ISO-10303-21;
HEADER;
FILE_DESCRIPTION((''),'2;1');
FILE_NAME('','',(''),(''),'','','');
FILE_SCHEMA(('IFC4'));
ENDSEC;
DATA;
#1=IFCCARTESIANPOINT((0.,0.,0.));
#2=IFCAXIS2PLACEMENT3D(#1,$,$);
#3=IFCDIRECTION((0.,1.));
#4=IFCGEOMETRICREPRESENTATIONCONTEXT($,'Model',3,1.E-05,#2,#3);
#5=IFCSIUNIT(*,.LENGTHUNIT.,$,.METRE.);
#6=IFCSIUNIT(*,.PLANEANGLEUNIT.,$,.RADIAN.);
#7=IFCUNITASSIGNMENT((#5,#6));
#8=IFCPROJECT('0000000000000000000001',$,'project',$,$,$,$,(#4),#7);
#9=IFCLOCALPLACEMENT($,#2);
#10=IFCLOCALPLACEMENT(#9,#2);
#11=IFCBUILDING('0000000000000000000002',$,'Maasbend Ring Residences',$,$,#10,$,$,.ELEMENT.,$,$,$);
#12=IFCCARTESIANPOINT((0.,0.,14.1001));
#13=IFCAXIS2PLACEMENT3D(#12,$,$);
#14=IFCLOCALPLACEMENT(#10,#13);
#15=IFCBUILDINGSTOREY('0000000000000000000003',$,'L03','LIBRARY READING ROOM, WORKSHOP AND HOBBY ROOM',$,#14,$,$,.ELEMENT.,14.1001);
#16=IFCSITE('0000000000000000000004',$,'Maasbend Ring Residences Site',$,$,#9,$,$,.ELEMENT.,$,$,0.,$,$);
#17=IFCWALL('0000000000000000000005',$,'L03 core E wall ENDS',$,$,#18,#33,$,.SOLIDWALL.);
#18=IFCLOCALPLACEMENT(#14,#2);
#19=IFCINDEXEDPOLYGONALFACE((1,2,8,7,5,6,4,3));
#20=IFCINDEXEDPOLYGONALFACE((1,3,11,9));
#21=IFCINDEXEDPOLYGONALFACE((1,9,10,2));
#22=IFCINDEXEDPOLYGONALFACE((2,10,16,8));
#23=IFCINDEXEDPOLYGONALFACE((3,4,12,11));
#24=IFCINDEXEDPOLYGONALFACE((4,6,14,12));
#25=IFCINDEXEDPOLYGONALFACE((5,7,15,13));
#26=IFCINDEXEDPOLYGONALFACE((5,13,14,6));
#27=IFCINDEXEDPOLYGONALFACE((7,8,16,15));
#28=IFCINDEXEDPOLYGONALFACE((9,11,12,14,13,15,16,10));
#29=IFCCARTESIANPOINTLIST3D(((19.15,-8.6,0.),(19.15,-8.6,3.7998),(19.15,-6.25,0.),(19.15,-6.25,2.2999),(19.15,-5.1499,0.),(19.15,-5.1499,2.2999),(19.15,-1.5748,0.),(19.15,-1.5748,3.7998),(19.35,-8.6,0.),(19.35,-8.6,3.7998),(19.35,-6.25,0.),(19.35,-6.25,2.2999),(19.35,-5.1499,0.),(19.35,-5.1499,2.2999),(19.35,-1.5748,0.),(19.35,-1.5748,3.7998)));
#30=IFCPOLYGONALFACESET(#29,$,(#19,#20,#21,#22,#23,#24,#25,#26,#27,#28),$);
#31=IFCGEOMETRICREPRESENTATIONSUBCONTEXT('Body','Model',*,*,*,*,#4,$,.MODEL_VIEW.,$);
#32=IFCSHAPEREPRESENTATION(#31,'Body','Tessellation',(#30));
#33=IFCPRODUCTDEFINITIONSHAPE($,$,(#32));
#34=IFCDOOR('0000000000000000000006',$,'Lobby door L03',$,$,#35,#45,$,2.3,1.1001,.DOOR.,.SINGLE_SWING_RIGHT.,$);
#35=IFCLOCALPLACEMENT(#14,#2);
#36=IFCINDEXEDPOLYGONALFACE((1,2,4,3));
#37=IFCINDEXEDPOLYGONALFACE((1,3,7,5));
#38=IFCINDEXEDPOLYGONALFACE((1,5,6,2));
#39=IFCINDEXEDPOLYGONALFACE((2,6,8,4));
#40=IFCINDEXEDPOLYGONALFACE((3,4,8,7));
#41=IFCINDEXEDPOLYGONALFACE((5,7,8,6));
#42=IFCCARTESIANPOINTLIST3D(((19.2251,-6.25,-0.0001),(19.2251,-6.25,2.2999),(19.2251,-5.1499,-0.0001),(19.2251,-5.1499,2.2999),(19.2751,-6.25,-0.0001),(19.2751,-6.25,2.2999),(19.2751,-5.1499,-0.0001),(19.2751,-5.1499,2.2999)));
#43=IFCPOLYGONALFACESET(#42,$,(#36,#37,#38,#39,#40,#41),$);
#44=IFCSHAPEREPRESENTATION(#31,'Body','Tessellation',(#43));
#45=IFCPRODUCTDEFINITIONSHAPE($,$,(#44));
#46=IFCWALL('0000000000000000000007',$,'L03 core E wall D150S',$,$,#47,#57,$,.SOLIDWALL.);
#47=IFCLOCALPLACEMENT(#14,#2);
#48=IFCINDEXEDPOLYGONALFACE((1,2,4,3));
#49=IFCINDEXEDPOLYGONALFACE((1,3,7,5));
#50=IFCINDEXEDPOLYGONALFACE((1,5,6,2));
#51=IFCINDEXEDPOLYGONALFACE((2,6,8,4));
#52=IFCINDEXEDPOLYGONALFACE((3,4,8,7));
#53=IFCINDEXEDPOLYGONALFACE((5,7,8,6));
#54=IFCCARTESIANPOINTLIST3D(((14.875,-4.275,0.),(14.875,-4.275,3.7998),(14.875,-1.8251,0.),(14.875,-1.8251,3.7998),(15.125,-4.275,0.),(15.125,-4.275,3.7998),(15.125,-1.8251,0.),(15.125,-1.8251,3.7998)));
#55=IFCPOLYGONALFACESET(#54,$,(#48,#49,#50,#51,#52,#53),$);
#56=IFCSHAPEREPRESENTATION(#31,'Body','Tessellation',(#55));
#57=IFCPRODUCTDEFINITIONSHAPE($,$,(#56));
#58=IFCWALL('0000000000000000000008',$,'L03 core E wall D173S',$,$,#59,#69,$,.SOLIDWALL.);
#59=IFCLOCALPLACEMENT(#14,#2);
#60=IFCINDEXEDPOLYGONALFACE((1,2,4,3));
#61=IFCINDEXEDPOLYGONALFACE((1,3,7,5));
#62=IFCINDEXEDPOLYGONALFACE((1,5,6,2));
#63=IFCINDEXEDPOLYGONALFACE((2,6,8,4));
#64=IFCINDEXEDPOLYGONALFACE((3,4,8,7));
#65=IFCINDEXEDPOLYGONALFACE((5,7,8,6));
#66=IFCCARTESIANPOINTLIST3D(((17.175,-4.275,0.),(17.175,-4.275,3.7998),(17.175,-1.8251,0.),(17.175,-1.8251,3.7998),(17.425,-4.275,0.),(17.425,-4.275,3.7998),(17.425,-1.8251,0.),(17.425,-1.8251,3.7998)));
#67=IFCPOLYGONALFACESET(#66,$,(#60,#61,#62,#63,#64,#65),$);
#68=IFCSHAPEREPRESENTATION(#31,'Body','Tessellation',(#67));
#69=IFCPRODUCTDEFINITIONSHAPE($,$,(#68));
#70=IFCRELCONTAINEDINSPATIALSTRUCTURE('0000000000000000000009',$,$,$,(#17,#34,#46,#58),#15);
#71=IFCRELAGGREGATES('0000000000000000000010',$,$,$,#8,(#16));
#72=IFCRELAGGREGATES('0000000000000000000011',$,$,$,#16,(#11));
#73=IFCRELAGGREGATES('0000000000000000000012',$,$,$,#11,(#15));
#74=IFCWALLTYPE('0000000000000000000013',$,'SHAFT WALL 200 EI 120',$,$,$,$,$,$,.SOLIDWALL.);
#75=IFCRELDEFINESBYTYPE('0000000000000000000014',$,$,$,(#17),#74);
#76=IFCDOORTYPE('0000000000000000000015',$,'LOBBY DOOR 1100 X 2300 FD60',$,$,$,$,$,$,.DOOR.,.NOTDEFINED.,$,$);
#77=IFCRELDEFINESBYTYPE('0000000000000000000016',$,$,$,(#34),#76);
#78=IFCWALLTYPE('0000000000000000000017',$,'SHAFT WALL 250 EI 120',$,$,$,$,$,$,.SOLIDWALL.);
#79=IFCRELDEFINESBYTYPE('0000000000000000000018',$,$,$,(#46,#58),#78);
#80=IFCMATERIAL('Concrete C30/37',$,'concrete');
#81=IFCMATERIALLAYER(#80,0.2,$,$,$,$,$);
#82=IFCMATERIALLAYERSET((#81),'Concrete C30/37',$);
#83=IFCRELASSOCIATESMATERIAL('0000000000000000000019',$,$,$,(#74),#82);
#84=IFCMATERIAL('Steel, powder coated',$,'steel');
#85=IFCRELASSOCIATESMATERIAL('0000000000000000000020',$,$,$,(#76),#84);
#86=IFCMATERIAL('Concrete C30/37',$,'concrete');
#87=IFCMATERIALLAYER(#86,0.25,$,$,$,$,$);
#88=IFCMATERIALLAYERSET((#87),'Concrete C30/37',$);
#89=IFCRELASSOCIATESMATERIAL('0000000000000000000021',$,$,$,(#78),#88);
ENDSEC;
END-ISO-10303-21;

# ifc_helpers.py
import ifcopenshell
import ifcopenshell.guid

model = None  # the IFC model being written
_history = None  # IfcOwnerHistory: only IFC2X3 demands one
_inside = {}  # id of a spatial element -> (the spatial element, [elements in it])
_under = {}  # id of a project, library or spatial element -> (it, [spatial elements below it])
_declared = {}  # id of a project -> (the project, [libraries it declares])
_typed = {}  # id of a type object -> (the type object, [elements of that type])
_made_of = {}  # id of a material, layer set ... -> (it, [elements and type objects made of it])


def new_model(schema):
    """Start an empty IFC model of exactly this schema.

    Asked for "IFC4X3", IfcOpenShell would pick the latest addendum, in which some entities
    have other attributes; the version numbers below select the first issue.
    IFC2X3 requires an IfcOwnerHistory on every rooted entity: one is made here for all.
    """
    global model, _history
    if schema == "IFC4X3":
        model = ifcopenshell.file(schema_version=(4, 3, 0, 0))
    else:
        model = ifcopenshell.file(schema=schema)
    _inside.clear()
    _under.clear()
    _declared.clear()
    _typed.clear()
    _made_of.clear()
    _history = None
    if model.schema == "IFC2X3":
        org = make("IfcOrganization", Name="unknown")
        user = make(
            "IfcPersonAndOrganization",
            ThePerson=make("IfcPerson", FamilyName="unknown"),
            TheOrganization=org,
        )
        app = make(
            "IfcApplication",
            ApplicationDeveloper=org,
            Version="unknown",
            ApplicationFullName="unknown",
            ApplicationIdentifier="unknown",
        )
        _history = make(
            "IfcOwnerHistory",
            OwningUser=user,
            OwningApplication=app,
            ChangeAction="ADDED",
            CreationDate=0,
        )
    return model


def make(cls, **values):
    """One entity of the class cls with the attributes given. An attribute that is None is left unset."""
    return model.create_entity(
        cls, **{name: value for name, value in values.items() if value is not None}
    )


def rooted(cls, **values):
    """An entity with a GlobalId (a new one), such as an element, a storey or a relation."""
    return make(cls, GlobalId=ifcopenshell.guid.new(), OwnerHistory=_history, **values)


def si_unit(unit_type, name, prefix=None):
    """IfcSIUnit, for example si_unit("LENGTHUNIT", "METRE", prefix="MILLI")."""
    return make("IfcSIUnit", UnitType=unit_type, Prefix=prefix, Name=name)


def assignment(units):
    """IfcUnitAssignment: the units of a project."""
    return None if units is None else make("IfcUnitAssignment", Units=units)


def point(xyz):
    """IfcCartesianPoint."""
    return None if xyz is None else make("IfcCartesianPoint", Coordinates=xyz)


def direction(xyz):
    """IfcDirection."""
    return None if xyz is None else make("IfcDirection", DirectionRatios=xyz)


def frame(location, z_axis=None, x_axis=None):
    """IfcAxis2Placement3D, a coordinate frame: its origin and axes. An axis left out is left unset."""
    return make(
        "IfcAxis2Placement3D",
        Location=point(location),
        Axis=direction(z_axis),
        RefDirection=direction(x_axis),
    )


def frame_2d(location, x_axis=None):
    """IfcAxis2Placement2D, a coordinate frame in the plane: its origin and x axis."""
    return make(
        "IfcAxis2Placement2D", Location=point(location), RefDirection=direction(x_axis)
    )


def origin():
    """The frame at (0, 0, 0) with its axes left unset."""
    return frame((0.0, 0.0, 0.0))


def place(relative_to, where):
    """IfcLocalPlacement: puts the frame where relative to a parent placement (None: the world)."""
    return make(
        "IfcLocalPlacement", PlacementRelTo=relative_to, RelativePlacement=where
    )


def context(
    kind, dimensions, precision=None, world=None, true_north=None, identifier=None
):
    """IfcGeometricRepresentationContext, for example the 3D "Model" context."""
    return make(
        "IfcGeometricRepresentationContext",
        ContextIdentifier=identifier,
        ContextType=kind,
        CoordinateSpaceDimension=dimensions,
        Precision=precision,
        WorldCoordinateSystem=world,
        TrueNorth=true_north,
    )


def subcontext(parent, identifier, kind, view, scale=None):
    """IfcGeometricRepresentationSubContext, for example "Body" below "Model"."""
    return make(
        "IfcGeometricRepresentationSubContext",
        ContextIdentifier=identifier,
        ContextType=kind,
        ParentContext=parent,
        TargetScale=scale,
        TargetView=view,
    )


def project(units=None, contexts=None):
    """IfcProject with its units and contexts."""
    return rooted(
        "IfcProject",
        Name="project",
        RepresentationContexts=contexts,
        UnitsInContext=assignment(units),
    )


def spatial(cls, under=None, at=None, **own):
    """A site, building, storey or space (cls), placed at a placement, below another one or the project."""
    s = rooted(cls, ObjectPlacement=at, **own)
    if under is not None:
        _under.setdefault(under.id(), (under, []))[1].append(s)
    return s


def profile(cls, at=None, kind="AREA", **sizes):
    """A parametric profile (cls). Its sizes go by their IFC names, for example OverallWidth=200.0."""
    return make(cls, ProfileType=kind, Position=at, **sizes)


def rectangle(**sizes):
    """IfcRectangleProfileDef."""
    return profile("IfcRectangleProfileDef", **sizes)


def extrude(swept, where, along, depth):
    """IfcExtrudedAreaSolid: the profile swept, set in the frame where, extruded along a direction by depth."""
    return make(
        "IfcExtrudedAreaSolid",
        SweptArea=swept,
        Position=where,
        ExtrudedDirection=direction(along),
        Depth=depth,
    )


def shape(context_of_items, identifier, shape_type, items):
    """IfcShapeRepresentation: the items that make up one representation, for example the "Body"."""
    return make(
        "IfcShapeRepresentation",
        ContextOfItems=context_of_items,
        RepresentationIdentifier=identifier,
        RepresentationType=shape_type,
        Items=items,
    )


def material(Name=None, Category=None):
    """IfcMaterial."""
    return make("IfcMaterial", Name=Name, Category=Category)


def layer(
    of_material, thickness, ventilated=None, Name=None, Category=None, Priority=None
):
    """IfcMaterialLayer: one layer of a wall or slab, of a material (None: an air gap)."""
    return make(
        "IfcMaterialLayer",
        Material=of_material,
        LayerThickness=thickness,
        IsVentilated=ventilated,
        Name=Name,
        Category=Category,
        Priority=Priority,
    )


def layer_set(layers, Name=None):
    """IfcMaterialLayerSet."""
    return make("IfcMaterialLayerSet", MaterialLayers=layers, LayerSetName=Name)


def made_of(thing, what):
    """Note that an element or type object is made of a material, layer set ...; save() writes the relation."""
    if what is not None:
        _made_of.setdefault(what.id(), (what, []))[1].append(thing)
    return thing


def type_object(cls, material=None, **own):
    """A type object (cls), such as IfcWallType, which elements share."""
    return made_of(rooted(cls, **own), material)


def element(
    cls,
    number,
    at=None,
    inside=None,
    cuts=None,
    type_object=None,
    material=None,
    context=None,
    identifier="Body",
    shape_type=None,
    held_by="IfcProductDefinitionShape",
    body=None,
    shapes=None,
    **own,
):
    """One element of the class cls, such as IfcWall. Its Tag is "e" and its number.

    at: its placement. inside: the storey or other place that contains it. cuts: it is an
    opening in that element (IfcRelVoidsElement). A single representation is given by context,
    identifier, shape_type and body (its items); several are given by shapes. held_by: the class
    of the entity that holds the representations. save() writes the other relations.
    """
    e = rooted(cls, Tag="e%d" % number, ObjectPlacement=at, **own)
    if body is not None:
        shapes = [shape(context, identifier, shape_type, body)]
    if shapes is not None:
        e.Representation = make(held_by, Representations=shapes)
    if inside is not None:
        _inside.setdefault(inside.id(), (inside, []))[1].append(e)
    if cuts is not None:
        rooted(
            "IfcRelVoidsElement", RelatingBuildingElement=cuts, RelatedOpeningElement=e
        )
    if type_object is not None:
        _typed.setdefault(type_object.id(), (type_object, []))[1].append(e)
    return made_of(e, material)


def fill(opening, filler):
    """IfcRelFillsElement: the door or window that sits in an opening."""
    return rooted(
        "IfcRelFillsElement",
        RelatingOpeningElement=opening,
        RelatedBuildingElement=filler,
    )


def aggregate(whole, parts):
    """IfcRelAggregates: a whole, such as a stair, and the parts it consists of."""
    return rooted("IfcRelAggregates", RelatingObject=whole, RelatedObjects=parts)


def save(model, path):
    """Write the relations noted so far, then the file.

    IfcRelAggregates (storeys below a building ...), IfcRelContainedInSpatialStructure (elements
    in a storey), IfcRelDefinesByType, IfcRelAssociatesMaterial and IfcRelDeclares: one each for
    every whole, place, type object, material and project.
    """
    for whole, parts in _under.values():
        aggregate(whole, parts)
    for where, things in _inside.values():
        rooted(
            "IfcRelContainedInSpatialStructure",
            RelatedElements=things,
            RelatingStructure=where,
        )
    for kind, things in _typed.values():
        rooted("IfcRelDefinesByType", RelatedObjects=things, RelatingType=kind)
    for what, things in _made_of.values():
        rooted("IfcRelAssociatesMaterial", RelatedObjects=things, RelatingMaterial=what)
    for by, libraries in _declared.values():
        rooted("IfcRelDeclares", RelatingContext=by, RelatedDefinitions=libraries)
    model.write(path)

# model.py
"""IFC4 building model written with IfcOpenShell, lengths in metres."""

from ifc_helpers import new_model, si_unit, direction, frame, frame_2d, origin, place, context, subcontext, project, spatial, rectangle, extrude, material, layer, layer_set, type_object, element, fill, save


model = new_model("IFC4")

# Units and contexts
model_context = context("Model", 3, precision=1e-05, world=origin(), true_north=direction((0.0, 1.0)))
body_context = subcontext(model_context, "Body", "Model", "MODEL_VIEW")
ifc_project = project(units=[si_unit("LENGTHUNIT", "METRE"), si_unit("PLANEANGLEUNIT", "RADIAN")], contexts=[model_context])

# Site, building, storey
site_placement = place(None, origin())
site = spatial("IfcSite", under=ifc_project, at=site_placement, Name="Maasbend Ring Residences Site", CompositionType="ELEMENT", RefElevation=0.0)
building_placement = place(site_placement, origin())
building = spatial("IfcBuilding", under=site, at=building_placement, Name="Maasbend Ring Residences", CompositionType="ELEMENT")
storey_placement = place(building_placement, frame((0.0, 0.0, 14.1001)))
storey = spatial("IfcBuildingStorey", under=building, at=storey_placement, Name="L03", Description="LIBRARY READING ROOM, WORKSHOP AND HOBBY ROOM", CompositionType="ELEMENT", Elevation=14.1001)

# Wall, opening, door
ifc_material_1 = material(Name="Concrete C30/37", Category="concrete")
ifc_layer_1 = layer(ifc_material_1, 0.2)
ifc_layer_set_1 = layer_set([ifc_layer_1], Name="Concrete C30/37")
wall_type_1 = type_object("IfcWallType", Name="SHAFT WALL 200 EI 120", PredefinedType="SOLIDWALL", material=ifc_layer_set_1)
wall_1_placement = place(storey_placement, frame((19.25, -8.6001, 0.0), z_axis=(0.0, 0.0, 1.0), x_axis=(0.0, 1.0, 0.0)))
wall_1 = element("IfcWall", 1, at=wall_1_placement, inside=storey, type_object=wall_type_1, Name="L03 core E wall ENDS", PredefinedType="SOLIDWALL", context=body_context, shape_type="SweptSolid", body=[
    extrude(rectangle(XDim=7.0251, YDim=0.2, at=frame_2d((3.5127, 0.0))), origin(), (0.0, 0.0, 1.0), 3.7998),
])
opening_1_placement = place(wall_1_placement, frame((2.3501, 0.0, 0.0)))
opening_1 = element("IfcOpeningElement", 2, at=opening_1_placement, cuts=wall_1, PredefinedType="OPENING", context=body_context, shape_type="SweptSolid", body=[
    extrude(rectangle(XDim=1.1001, YDim=2.3, at=frame_2d((0.55, 1.1499))), frame((0.0, 0.1099, 0.0), z_axis=(0.0, -1.0, 0.0), x_axis=(1.0, 0.0, 0.0)), (0.0, 0.0, 1.0), 0.22),
])
ifc_material_2 = material(Name="Steel, powder coated", Category="steel")
door_type_1 = type_object("IfcDoorType", Name="LOBBY DOOR 1100 X 2300 FD60", OperationType="NOTDEFINED", PredefinedType="DOOR", material=ifc_material_2)
door_1_placement = place(opening_1_placement, origin())
door_1 = element("IfcDoor", 3, at=door_1_placement, inside=storey, type_object=door_type_1, Name="Lobby door L03", OperationType="SINGLE_SWING_RIGHT", OverallHeight=2.3, OverallWidth=1.1001, PredefinedType="DOOR", context=body_context, shape_type="SweptSolid", body=[
    extrude(rectangle(XDim=1.1001, YDim=2.3, at=frame_2d((0.55, 1.1499))), frame((0.0, 0.0249, 0.0), z_axis=(0.0, -1.0, 0.0), x_axis=(1.0, 0.0, 0.0)), (0.0, 0.0, 1.0), 0.05),
])
fill(opening_1, door_1)

# Walls
ifc_material_3 = material(Name="Concrete C30/37", Category="concrete")
ifc_layer_2 = layer(ifc_material_3, 0.25)
ifc_layer_set_2 = layer_set([ifc_layer_2], Name="Concrete C30/37")
wall_type_2 = type_object("IfcWallType", Name="SHAFT WALL 250 EI 120", PredefinedType="SOLIDWALL", material=ifc_layer_set_2)
for number, where, z_axis, x_axis, name in (
    (4, (15.0, -1.825, 0.0), (0.0, 0.0, 1.0), (0.0, -1.0, 0.0), "L03 core E wall D150S"),
    (5, (17.3, -1.825, 0.0), (0.0, 0.0, 1.0), (0.0, -1.0, 0.0), "L03 core E wall D173S"),
):
    element("IfcWall", number, at=place(storey_placement, frame(where, z_axis=z_axis, x_axis=x_axis)), inside=storey, type_object=wall_type_2, Name=name, PredefinedType="SOLIDWALL", context=body_context, shape_type="SweptSolid", body=[
        extrude(rectangle(XDim=2.45, YDim=0.25, at=frame_2d((1.2251, 0.0))), origin(), (0.0, 0.0, 1.0), 3.7998),
    ])

save(model, "model.ifc")
